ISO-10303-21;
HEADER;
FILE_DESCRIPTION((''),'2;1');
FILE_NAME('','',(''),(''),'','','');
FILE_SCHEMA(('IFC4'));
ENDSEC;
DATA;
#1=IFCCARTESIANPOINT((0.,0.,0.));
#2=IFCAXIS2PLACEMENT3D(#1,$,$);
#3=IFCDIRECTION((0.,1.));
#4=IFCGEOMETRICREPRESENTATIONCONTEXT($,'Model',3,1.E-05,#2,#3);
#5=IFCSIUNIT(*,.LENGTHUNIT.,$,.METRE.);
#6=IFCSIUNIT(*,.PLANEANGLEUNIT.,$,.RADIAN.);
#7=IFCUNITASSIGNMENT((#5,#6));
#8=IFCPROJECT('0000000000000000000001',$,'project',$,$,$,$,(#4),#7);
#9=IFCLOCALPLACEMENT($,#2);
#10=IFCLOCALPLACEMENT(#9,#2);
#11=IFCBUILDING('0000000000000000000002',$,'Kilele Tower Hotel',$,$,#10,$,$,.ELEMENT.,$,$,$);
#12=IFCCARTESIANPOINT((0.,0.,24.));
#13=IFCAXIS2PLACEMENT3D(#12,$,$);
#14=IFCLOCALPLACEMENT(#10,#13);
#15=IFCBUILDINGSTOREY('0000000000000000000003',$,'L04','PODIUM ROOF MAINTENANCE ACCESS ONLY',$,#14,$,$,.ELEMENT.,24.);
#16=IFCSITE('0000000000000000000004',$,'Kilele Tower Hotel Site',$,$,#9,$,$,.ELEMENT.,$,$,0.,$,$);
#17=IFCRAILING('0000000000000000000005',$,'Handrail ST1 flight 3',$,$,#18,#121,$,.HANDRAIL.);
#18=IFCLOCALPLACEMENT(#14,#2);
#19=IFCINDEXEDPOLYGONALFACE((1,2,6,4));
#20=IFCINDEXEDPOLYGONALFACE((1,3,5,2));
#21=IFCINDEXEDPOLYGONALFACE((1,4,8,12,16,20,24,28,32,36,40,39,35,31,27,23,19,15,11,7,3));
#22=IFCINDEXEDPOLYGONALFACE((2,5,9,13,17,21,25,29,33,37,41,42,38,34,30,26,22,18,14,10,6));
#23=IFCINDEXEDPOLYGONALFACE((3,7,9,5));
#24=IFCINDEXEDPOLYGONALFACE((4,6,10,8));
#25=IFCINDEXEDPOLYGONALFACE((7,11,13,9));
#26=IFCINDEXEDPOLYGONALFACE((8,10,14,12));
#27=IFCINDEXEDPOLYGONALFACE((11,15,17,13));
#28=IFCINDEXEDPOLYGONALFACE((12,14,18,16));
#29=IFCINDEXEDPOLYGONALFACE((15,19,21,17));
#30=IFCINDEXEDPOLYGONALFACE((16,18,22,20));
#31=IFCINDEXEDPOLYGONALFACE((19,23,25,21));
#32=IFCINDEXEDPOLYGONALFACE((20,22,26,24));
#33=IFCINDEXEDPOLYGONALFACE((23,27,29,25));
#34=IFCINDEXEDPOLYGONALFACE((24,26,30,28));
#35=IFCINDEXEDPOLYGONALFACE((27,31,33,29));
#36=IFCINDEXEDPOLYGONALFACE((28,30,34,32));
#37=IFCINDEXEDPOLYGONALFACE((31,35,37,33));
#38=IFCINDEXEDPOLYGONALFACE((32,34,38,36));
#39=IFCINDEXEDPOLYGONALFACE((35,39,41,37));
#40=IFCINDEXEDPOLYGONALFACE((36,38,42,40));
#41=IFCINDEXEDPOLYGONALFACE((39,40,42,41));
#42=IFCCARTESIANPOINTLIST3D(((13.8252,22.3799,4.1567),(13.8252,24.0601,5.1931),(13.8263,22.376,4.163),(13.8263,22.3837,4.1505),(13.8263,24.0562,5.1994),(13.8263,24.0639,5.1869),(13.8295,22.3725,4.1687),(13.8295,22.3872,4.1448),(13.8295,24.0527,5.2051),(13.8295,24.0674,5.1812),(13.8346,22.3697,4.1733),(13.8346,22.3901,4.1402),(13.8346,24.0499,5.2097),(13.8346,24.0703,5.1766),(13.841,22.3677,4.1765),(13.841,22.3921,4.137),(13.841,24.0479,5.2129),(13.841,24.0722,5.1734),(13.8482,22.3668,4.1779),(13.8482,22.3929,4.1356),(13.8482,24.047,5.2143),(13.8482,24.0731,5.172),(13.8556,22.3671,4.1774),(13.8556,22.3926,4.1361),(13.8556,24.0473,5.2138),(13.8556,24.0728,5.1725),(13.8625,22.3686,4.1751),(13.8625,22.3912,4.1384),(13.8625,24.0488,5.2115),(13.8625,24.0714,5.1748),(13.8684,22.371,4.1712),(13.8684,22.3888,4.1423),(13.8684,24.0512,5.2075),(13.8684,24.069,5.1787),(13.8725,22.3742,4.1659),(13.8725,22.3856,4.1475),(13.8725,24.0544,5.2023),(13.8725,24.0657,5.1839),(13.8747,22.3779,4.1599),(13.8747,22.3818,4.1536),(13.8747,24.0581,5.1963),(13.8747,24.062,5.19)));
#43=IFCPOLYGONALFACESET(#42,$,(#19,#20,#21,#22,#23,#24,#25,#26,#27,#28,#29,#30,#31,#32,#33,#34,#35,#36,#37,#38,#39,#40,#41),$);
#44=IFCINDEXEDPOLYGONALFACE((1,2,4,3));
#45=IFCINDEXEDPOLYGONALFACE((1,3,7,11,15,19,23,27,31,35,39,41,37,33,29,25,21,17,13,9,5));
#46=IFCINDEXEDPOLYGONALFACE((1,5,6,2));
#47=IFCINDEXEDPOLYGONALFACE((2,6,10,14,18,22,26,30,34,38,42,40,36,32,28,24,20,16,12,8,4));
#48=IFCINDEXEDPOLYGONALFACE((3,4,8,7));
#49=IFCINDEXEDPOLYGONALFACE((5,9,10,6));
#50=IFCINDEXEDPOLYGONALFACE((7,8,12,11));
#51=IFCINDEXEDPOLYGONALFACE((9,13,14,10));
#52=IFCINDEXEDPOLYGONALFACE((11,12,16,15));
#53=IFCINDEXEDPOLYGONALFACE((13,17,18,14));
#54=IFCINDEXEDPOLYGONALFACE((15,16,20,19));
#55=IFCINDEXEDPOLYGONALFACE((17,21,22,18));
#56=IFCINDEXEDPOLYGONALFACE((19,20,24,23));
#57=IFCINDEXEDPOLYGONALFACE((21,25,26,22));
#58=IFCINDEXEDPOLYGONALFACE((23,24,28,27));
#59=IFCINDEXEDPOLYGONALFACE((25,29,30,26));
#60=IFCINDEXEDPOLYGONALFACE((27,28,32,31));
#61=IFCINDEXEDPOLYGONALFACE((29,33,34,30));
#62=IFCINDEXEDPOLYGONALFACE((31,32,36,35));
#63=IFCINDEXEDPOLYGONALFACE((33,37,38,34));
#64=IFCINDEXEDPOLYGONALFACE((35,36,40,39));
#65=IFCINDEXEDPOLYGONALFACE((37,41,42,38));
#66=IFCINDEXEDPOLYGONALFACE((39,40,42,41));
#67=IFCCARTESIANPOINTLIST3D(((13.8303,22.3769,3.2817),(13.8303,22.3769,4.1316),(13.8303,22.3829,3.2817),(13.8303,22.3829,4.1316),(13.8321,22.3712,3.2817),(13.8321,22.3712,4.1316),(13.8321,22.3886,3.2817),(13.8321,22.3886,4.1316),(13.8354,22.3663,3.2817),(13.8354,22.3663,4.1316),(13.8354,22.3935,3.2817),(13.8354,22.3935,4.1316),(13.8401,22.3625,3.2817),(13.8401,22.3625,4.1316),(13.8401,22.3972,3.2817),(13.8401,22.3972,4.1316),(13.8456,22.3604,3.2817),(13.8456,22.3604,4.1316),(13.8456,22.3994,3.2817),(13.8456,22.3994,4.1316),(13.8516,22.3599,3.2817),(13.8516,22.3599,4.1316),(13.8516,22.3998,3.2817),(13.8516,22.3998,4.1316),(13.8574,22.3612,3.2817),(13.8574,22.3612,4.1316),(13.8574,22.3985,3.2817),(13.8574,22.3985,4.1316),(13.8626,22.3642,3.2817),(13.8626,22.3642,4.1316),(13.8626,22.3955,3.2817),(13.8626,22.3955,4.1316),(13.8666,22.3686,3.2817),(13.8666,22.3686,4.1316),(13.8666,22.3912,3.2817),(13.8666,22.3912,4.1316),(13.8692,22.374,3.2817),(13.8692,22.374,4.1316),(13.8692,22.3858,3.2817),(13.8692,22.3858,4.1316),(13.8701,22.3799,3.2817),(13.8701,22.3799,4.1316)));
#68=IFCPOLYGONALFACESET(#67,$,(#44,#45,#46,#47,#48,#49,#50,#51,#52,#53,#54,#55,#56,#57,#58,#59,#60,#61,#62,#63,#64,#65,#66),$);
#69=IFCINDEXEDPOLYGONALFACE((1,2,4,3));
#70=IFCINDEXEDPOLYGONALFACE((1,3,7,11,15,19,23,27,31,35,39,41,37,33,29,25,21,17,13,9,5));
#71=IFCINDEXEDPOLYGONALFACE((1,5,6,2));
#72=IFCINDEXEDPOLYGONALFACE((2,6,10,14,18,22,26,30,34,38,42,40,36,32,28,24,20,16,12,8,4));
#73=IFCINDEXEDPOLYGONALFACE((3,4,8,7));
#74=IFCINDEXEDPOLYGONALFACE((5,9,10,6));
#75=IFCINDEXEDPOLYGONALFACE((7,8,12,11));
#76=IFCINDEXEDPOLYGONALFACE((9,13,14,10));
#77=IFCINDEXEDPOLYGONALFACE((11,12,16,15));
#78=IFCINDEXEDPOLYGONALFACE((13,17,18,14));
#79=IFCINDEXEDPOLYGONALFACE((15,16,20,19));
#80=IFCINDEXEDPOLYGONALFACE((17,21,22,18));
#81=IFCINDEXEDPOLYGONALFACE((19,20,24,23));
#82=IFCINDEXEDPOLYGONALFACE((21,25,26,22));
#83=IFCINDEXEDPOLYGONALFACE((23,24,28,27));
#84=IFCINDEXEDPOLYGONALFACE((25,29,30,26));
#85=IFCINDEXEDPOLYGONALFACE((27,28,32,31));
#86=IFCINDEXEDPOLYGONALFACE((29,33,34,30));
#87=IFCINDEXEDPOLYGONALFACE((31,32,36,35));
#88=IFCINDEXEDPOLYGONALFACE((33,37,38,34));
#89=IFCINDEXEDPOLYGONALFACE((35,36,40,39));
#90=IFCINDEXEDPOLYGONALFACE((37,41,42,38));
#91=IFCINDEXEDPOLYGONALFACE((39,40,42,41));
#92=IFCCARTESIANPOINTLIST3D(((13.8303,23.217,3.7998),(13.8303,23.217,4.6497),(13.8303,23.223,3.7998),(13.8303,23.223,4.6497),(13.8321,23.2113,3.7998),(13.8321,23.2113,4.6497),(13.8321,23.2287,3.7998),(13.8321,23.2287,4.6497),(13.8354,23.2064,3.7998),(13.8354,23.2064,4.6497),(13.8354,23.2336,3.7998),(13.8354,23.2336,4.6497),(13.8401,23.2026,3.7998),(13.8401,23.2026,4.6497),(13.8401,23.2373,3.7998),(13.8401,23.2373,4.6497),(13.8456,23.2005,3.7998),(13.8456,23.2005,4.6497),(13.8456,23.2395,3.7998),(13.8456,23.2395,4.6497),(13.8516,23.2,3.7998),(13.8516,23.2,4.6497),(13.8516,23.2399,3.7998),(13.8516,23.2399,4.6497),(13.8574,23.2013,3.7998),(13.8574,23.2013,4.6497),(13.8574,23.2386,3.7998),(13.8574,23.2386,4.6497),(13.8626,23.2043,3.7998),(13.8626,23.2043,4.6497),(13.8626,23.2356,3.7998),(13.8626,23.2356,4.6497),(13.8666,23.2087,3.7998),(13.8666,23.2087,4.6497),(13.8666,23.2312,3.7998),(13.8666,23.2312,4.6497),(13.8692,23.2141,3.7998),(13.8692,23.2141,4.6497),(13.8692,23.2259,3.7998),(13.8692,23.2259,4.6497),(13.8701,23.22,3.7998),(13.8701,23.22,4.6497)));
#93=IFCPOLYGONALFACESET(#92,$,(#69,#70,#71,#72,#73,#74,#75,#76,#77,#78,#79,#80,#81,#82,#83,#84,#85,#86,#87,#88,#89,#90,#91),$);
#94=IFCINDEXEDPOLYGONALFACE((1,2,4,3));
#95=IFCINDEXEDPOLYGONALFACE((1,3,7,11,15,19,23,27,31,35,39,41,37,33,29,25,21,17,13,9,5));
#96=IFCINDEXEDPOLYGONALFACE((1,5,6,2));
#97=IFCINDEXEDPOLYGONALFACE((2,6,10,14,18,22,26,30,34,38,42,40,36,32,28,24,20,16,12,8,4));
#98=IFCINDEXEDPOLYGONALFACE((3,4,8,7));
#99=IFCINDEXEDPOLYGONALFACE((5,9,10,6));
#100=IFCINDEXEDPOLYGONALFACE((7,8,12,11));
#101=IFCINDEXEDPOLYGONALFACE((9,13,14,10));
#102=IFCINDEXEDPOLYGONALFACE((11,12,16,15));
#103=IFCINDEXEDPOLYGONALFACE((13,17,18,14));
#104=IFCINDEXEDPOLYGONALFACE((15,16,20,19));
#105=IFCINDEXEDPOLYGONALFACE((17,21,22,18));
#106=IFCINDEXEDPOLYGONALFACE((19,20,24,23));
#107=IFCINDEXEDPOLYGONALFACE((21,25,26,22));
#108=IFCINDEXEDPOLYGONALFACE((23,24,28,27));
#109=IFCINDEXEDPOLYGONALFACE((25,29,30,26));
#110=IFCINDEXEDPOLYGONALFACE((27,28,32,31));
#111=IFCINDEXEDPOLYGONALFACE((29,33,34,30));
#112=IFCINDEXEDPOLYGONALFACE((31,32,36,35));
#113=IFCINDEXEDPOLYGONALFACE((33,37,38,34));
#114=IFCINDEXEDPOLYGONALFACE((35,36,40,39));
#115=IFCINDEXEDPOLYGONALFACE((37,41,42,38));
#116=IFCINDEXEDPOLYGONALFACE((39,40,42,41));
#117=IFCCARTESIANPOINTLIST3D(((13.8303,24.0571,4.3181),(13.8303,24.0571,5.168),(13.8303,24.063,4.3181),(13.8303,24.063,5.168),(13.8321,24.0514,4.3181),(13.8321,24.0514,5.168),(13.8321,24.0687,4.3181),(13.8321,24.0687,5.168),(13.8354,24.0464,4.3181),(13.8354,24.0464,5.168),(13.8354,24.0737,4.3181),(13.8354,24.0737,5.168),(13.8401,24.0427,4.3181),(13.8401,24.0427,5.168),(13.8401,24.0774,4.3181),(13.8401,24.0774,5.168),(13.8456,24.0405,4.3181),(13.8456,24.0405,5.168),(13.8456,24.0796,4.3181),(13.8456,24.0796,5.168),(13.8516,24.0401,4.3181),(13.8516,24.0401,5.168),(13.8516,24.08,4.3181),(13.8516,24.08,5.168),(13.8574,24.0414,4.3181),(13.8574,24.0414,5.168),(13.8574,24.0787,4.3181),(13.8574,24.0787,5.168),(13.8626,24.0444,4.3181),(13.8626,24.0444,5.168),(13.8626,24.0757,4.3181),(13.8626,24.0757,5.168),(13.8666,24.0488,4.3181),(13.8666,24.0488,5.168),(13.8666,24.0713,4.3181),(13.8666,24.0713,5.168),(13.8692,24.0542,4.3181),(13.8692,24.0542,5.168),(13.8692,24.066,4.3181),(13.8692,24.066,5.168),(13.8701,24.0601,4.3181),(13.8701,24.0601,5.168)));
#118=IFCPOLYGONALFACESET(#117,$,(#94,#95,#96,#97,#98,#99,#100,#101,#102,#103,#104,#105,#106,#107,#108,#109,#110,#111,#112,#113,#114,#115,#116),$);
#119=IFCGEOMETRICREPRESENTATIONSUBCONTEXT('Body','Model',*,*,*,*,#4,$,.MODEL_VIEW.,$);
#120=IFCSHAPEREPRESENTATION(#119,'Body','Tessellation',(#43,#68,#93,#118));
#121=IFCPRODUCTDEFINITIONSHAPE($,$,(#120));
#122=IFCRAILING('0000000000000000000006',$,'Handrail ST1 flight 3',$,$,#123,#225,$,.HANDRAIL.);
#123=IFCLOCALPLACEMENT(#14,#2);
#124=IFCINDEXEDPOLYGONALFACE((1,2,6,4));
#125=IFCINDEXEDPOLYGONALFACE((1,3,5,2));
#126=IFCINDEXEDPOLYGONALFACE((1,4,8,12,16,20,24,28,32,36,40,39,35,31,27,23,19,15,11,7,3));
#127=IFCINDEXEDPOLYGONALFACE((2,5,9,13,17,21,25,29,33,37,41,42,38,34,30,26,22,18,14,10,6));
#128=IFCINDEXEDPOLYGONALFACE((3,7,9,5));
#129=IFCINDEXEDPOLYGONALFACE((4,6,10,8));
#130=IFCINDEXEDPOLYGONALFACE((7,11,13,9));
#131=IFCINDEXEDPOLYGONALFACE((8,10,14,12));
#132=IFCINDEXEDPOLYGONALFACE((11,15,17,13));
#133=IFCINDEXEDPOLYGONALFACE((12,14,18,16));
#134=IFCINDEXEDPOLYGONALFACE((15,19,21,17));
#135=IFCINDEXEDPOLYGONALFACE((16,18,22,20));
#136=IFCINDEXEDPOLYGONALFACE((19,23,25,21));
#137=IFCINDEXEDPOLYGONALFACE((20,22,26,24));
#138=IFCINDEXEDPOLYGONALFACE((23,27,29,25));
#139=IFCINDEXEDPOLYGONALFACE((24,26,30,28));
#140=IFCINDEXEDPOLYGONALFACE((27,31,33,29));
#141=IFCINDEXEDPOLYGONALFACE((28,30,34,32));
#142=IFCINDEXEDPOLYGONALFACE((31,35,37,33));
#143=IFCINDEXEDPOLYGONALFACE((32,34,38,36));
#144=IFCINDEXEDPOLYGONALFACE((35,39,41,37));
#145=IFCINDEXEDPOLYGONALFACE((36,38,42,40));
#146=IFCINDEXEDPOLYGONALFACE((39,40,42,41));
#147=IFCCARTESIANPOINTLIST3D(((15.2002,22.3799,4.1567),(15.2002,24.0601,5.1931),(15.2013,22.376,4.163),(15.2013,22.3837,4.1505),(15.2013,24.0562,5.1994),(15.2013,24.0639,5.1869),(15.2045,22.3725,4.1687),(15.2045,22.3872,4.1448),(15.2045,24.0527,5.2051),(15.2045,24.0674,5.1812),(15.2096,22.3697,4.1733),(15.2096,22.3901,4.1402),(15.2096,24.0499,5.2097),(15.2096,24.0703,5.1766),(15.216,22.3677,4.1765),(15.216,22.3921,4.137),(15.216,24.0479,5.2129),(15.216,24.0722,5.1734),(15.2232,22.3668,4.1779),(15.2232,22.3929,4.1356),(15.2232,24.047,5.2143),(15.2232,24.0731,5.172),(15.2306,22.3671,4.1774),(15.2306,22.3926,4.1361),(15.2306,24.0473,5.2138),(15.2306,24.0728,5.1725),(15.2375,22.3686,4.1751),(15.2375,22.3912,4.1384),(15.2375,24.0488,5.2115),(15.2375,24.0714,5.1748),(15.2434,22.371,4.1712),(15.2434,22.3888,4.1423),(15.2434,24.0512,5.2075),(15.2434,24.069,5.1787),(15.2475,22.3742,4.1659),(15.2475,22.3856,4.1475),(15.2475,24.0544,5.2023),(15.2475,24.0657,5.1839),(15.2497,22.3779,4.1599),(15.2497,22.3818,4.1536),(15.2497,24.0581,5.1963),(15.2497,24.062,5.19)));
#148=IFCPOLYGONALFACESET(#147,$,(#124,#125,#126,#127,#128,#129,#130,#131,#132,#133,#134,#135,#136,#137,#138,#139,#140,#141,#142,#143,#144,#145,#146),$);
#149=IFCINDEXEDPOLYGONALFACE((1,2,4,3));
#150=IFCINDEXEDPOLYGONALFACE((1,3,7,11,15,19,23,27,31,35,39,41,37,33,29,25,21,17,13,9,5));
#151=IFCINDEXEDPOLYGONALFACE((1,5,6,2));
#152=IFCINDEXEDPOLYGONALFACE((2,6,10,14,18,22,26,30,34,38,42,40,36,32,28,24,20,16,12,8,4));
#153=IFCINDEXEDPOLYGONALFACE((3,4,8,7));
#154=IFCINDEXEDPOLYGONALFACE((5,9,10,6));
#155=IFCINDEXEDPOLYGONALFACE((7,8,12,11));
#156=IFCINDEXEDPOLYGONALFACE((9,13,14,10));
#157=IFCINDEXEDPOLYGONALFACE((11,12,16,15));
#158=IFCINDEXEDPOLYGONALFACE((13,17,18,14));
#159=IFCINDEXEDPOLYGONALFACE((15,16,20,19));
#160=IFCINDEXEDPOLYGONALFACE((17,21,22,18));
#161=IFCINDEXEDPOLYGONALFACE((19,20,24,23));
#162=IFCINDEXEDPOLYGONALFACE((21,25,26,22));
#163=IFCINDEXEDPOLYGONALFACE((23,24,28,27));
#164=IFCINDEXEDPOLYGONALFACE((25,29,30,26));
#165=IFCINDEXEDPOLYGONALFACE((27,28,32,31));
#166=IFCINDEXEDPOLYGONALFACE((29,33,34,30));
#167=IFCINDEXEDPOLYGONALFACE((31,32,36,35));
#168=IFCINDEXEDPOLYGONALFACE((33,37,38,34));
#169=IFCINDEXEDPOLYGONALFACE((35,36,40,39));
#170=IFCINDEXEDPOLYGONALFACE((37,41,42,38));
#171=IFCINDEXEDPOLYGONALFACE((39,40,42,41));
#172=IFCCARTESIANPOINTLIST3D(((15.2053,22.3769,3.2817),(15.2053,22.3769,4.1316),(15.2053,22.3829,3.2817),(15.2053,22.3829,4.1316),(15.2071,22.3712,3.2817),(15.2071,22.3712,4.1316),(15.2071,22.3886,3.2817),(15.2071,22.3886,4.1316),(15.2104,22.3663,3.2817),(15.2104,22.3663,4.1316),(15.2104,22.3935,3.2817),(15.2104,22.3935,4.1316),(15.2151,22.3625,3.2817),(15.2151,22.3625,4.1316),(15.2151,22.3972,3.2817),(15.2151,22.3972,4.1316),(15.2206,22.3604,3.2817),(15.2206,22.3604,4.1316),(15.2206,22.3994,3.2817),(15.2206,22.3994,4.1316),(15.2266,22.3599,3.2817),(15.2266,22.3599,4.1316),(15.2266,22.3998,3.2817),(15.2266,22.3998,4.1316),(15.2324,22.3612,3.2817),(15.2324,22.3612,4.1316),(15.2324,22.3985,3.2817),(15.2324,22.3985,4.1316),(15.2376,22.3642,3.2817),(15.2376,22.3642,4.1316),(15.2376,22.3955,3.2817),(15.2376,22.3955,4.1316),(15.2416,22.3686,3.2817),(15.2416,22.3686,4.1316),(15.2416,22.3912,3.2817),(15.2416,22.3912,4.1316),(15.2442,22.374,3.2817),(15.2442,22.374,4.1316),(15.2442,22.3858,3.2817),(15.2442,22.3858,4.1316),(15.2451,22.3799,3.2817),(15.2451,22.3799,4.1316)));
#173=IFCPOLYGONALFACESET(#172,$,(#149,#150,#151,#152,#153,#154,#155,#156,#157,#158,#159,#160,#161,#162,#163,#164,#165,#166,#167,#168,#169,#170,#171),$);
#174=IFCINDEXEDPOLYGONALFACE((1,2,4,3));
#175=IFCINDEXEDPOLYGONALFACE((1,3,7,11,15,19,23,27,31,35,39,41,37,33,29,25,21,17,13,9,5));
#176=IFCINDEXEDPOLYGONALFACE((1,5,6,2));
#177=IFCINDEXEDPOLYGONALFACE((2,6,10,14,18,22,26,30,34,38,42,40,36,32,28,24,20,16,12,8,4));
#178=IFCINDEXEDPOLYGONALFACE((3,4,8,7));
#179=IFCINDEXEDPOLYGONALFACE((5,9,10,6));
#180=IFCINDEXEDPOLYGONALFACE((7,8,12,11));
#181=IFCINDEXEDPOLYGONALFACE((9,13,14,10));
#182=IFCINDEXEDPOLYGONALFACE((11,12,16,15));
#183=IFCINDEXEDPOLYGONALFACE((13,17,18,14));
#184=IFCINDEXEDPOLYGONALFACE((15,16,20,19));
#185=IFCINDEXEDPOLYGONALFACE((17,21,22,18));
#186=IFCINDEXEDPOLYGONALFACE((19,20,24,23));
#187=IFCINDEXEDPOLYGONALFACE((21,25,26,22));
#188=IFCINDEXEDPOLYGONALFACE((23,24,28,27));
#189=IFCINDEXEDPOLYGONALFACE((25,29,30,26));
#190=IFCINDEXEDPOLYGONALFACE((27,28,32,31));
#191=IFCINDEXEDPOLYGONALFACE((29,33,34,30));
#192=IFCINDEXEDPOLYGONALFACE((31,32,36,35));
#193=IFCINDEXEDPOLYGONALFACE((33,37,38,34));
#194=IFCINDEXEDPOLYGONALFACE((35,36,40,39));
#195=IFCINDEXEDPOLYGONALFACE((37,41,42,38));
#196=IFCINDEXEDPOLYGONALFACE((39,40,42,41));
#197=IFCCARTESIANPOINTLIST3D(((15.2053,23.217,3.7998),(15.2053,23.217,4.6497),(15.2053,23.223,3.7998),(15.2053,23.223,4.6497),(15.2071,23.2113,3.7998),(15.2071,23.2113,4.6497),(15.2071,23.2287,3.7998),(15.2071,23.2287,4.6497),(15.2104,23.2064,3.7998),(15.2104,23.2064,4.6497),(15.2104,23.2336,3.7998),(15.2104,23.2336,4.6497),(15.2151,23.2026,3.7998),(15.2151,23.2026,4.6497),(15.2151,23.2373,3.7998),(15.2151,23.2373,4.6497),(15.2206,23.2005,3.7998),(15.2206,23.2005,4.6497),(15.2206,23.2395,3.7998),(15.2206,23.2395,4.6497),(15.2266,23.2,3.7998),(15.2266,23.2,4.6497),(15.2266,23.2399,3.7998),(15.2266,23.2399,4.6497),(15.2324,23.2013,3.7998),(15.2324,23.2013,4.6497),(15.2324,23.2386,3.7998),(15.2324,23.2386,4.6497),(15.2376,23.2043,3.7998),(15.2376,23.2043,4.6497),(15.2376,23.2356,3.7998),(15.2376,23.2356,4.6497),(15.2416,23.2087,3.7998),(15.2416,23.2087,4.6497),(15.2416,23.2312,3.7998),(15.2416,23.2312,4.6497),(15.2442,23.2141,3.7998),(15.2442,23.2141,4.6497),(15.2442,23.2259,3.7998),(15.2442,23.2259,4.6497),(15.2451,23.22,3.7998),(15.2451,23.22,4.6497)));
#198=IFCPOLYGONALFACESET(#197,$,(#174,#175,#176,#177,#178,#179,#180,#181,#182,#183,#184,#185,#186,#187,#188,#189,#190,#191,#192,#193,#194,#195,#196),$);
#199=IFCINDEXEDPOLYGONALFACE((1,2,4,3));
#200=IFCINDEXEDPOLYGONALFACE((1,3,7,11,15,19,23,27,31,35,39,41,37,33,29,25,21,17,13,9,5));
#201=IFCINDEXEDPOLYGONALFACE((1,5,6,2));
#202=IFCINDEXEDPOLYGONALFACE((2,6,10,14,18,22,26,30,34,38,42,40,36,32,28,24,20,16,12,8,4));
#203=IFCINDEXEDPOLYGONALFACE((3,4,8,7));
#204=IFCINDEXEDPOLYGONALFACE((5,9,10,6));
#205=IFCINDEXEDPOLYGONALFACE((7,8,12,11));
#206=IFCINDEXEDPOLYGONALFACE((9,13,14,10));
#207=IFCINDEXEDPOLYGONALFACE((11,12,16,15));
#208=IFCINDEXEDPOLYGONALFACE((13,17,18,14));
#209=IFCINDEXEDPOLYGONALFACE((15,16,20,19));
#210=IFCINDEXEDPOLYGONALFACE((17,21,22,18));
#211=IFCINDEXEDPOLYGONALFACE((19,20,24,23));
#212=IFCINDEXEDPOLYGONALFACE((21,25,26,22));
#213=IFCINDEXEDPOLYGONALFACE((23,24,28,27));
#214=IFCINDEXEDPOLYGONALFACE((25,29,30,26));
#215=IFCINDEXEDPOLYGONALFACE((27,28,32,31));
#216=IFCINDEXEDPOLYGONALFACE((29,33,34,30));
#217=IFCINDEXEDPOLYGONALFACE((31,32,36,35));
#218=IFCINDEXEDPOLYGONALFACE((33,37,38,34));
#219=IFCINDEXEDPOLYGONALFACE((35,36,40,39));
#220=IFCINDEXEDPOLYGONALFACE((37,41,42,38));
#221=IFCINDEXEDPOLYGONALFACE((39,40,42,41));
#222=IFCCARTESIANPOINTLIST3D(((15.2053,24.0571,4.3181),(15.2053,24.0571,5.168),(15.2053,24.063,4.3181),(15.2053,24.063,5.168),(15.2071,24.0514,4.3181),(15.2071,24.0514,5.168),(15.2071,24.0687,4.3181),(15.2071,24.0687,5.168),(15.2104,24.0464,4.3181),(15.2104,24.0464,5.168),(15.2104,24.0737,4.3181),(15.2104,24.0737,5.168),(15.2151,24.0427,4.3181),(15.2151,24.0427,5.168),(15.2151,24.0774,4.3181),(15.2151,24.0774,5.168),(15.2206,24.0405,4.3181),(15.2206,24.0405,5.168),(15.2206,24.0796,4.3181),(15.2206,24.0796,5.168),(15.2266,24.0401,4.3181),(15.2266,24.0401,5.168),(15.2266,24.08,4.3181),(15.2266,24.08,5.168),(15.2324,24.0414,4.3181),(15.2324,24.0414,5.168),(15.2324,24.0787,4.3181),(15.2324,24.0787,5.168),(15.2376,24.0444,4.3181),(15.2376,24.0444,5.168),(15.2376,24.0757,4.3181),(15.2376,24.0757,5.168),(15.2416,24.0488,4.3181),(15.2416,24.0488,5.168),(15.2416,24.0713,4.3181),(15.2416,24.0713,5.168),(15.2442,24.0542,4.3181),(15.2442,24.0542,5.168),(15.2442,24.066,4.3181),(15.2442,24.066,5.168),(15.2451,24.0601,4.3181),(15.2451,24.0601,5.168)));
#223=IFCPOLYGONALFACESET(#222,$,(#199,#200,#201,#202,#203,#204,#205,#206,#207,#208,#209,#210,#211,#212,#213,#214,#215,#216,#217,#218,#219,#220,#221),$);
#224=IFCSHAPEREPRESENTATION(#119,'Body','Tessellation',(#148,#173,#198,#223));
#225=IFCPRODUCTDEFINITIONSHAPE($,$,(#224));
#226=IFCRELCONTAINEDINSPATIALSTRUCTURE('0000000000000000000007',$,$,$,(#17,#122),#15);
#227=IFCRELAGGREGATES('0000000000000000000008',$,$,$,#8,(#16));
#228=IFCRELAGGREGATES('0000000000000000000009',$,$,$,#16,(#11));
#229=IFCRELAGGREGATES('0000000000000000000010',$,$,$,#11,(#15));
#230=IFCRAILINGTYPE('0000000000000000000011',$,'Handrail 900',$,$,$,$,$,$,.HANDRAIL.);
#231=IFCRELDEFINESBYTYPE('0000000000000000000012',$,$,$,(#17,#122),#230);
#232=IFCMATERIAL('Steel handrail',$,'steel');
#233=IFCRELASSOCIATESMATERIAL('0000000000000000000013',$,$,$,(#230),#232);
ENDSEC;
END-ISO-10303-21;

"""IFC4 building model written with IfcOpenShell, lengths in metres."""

from ifc_helpers import new_model, si_unit, direction, frame, origin, origin_2d, place, context, subcontext, project, spatial, circle, extrude, material, type_object, element, save


model = new_model("IFC4")

# Units and contexts
model_context = context("Model", 3, precision=1e-05, world=origin(), true_north=direction((0.0, 1.0)))
body_context = subcontext(model_context, "Body", "Model", "MODEL_VIEW")
ifc_project = project(units=[si_unit("LENGTHUNIT", "METRE"), si_unit("PLANEANGLEUNIT", "RADIAN")], contexts=[model_context])

# Site, building, storey
site_placement = place(None, origin())
site = spatial("IfcSite", under=ifc_project, at=site_placement, Name="Kilele Tower Hotel Site", CompositionType="ELEMENT", RefElevation=0.0)
building_placement = place(site_placement, origin())
building = spatial("IfcBuilding", under=site, at=building_placement, Name="Kilele Tower Hotel", CompositionType="ELEMENT")
storey_placement = place(building_placement, frame((0.0, 0.0, 24.0)))
storey = spatial("IfcBuildingStorey", under=building, at=storey_placement, Name="L04", Description="PODIUM ROOF MAINTENANCE ACCESS ONLY", CompositionType="ELEMENT", Elevation=24.0)

# Railings
ifc_material_1 = material(Name="Steel handrail", Category="steel")
railing_type_1 = type_object("IfcRailingType", Name="Handrail 900", PredefinedType="HANDRAIL", material=ifc_material_1)
for number, where, name in (
    (1, (13.8501, 22.3799, 3.2817), "Handrail ST1 flight 3"),
    (2, (15.2251, 22.3799, 3.2817), "Handrail ST1 flight 3"),
):
    element("IfcRailing", number, at=place(storey_placement, frame(where)), inside=storey, type_object=railing_type_1, Name=name, PredefinedType="HANDRAIL", context=body_context, shape_type="SweptSolid", body=[
        extrude(circle(Radius=0.0249, at=origin_2d()), frame((0.0, 0.0, 0.875), z_axis=(0.0, 0.85111, 0.524987), x_axis=(-1.0, 0.0, 0.0)), (0.0, 0.0, 1.0), 1.9741),
        extrude(circle(Radius=0.02, at=origin_2d()), origin(), (0.0, 0.0, 1.0), 0.8499),
        extrude(circle(Radius=0.02, at=origin_2d()), frame((0.0, 0.8401, 0.5181)), (0.0, 0.0, 1.0), 0.8499),
        extrude(circle(Radius=0.02, at=origin_2d()), frame((0.0, 1.6802, 1.0364)), (0.0, 0.0, 1.0), 0.8499),
    ])

save(model, "model.ifc")
